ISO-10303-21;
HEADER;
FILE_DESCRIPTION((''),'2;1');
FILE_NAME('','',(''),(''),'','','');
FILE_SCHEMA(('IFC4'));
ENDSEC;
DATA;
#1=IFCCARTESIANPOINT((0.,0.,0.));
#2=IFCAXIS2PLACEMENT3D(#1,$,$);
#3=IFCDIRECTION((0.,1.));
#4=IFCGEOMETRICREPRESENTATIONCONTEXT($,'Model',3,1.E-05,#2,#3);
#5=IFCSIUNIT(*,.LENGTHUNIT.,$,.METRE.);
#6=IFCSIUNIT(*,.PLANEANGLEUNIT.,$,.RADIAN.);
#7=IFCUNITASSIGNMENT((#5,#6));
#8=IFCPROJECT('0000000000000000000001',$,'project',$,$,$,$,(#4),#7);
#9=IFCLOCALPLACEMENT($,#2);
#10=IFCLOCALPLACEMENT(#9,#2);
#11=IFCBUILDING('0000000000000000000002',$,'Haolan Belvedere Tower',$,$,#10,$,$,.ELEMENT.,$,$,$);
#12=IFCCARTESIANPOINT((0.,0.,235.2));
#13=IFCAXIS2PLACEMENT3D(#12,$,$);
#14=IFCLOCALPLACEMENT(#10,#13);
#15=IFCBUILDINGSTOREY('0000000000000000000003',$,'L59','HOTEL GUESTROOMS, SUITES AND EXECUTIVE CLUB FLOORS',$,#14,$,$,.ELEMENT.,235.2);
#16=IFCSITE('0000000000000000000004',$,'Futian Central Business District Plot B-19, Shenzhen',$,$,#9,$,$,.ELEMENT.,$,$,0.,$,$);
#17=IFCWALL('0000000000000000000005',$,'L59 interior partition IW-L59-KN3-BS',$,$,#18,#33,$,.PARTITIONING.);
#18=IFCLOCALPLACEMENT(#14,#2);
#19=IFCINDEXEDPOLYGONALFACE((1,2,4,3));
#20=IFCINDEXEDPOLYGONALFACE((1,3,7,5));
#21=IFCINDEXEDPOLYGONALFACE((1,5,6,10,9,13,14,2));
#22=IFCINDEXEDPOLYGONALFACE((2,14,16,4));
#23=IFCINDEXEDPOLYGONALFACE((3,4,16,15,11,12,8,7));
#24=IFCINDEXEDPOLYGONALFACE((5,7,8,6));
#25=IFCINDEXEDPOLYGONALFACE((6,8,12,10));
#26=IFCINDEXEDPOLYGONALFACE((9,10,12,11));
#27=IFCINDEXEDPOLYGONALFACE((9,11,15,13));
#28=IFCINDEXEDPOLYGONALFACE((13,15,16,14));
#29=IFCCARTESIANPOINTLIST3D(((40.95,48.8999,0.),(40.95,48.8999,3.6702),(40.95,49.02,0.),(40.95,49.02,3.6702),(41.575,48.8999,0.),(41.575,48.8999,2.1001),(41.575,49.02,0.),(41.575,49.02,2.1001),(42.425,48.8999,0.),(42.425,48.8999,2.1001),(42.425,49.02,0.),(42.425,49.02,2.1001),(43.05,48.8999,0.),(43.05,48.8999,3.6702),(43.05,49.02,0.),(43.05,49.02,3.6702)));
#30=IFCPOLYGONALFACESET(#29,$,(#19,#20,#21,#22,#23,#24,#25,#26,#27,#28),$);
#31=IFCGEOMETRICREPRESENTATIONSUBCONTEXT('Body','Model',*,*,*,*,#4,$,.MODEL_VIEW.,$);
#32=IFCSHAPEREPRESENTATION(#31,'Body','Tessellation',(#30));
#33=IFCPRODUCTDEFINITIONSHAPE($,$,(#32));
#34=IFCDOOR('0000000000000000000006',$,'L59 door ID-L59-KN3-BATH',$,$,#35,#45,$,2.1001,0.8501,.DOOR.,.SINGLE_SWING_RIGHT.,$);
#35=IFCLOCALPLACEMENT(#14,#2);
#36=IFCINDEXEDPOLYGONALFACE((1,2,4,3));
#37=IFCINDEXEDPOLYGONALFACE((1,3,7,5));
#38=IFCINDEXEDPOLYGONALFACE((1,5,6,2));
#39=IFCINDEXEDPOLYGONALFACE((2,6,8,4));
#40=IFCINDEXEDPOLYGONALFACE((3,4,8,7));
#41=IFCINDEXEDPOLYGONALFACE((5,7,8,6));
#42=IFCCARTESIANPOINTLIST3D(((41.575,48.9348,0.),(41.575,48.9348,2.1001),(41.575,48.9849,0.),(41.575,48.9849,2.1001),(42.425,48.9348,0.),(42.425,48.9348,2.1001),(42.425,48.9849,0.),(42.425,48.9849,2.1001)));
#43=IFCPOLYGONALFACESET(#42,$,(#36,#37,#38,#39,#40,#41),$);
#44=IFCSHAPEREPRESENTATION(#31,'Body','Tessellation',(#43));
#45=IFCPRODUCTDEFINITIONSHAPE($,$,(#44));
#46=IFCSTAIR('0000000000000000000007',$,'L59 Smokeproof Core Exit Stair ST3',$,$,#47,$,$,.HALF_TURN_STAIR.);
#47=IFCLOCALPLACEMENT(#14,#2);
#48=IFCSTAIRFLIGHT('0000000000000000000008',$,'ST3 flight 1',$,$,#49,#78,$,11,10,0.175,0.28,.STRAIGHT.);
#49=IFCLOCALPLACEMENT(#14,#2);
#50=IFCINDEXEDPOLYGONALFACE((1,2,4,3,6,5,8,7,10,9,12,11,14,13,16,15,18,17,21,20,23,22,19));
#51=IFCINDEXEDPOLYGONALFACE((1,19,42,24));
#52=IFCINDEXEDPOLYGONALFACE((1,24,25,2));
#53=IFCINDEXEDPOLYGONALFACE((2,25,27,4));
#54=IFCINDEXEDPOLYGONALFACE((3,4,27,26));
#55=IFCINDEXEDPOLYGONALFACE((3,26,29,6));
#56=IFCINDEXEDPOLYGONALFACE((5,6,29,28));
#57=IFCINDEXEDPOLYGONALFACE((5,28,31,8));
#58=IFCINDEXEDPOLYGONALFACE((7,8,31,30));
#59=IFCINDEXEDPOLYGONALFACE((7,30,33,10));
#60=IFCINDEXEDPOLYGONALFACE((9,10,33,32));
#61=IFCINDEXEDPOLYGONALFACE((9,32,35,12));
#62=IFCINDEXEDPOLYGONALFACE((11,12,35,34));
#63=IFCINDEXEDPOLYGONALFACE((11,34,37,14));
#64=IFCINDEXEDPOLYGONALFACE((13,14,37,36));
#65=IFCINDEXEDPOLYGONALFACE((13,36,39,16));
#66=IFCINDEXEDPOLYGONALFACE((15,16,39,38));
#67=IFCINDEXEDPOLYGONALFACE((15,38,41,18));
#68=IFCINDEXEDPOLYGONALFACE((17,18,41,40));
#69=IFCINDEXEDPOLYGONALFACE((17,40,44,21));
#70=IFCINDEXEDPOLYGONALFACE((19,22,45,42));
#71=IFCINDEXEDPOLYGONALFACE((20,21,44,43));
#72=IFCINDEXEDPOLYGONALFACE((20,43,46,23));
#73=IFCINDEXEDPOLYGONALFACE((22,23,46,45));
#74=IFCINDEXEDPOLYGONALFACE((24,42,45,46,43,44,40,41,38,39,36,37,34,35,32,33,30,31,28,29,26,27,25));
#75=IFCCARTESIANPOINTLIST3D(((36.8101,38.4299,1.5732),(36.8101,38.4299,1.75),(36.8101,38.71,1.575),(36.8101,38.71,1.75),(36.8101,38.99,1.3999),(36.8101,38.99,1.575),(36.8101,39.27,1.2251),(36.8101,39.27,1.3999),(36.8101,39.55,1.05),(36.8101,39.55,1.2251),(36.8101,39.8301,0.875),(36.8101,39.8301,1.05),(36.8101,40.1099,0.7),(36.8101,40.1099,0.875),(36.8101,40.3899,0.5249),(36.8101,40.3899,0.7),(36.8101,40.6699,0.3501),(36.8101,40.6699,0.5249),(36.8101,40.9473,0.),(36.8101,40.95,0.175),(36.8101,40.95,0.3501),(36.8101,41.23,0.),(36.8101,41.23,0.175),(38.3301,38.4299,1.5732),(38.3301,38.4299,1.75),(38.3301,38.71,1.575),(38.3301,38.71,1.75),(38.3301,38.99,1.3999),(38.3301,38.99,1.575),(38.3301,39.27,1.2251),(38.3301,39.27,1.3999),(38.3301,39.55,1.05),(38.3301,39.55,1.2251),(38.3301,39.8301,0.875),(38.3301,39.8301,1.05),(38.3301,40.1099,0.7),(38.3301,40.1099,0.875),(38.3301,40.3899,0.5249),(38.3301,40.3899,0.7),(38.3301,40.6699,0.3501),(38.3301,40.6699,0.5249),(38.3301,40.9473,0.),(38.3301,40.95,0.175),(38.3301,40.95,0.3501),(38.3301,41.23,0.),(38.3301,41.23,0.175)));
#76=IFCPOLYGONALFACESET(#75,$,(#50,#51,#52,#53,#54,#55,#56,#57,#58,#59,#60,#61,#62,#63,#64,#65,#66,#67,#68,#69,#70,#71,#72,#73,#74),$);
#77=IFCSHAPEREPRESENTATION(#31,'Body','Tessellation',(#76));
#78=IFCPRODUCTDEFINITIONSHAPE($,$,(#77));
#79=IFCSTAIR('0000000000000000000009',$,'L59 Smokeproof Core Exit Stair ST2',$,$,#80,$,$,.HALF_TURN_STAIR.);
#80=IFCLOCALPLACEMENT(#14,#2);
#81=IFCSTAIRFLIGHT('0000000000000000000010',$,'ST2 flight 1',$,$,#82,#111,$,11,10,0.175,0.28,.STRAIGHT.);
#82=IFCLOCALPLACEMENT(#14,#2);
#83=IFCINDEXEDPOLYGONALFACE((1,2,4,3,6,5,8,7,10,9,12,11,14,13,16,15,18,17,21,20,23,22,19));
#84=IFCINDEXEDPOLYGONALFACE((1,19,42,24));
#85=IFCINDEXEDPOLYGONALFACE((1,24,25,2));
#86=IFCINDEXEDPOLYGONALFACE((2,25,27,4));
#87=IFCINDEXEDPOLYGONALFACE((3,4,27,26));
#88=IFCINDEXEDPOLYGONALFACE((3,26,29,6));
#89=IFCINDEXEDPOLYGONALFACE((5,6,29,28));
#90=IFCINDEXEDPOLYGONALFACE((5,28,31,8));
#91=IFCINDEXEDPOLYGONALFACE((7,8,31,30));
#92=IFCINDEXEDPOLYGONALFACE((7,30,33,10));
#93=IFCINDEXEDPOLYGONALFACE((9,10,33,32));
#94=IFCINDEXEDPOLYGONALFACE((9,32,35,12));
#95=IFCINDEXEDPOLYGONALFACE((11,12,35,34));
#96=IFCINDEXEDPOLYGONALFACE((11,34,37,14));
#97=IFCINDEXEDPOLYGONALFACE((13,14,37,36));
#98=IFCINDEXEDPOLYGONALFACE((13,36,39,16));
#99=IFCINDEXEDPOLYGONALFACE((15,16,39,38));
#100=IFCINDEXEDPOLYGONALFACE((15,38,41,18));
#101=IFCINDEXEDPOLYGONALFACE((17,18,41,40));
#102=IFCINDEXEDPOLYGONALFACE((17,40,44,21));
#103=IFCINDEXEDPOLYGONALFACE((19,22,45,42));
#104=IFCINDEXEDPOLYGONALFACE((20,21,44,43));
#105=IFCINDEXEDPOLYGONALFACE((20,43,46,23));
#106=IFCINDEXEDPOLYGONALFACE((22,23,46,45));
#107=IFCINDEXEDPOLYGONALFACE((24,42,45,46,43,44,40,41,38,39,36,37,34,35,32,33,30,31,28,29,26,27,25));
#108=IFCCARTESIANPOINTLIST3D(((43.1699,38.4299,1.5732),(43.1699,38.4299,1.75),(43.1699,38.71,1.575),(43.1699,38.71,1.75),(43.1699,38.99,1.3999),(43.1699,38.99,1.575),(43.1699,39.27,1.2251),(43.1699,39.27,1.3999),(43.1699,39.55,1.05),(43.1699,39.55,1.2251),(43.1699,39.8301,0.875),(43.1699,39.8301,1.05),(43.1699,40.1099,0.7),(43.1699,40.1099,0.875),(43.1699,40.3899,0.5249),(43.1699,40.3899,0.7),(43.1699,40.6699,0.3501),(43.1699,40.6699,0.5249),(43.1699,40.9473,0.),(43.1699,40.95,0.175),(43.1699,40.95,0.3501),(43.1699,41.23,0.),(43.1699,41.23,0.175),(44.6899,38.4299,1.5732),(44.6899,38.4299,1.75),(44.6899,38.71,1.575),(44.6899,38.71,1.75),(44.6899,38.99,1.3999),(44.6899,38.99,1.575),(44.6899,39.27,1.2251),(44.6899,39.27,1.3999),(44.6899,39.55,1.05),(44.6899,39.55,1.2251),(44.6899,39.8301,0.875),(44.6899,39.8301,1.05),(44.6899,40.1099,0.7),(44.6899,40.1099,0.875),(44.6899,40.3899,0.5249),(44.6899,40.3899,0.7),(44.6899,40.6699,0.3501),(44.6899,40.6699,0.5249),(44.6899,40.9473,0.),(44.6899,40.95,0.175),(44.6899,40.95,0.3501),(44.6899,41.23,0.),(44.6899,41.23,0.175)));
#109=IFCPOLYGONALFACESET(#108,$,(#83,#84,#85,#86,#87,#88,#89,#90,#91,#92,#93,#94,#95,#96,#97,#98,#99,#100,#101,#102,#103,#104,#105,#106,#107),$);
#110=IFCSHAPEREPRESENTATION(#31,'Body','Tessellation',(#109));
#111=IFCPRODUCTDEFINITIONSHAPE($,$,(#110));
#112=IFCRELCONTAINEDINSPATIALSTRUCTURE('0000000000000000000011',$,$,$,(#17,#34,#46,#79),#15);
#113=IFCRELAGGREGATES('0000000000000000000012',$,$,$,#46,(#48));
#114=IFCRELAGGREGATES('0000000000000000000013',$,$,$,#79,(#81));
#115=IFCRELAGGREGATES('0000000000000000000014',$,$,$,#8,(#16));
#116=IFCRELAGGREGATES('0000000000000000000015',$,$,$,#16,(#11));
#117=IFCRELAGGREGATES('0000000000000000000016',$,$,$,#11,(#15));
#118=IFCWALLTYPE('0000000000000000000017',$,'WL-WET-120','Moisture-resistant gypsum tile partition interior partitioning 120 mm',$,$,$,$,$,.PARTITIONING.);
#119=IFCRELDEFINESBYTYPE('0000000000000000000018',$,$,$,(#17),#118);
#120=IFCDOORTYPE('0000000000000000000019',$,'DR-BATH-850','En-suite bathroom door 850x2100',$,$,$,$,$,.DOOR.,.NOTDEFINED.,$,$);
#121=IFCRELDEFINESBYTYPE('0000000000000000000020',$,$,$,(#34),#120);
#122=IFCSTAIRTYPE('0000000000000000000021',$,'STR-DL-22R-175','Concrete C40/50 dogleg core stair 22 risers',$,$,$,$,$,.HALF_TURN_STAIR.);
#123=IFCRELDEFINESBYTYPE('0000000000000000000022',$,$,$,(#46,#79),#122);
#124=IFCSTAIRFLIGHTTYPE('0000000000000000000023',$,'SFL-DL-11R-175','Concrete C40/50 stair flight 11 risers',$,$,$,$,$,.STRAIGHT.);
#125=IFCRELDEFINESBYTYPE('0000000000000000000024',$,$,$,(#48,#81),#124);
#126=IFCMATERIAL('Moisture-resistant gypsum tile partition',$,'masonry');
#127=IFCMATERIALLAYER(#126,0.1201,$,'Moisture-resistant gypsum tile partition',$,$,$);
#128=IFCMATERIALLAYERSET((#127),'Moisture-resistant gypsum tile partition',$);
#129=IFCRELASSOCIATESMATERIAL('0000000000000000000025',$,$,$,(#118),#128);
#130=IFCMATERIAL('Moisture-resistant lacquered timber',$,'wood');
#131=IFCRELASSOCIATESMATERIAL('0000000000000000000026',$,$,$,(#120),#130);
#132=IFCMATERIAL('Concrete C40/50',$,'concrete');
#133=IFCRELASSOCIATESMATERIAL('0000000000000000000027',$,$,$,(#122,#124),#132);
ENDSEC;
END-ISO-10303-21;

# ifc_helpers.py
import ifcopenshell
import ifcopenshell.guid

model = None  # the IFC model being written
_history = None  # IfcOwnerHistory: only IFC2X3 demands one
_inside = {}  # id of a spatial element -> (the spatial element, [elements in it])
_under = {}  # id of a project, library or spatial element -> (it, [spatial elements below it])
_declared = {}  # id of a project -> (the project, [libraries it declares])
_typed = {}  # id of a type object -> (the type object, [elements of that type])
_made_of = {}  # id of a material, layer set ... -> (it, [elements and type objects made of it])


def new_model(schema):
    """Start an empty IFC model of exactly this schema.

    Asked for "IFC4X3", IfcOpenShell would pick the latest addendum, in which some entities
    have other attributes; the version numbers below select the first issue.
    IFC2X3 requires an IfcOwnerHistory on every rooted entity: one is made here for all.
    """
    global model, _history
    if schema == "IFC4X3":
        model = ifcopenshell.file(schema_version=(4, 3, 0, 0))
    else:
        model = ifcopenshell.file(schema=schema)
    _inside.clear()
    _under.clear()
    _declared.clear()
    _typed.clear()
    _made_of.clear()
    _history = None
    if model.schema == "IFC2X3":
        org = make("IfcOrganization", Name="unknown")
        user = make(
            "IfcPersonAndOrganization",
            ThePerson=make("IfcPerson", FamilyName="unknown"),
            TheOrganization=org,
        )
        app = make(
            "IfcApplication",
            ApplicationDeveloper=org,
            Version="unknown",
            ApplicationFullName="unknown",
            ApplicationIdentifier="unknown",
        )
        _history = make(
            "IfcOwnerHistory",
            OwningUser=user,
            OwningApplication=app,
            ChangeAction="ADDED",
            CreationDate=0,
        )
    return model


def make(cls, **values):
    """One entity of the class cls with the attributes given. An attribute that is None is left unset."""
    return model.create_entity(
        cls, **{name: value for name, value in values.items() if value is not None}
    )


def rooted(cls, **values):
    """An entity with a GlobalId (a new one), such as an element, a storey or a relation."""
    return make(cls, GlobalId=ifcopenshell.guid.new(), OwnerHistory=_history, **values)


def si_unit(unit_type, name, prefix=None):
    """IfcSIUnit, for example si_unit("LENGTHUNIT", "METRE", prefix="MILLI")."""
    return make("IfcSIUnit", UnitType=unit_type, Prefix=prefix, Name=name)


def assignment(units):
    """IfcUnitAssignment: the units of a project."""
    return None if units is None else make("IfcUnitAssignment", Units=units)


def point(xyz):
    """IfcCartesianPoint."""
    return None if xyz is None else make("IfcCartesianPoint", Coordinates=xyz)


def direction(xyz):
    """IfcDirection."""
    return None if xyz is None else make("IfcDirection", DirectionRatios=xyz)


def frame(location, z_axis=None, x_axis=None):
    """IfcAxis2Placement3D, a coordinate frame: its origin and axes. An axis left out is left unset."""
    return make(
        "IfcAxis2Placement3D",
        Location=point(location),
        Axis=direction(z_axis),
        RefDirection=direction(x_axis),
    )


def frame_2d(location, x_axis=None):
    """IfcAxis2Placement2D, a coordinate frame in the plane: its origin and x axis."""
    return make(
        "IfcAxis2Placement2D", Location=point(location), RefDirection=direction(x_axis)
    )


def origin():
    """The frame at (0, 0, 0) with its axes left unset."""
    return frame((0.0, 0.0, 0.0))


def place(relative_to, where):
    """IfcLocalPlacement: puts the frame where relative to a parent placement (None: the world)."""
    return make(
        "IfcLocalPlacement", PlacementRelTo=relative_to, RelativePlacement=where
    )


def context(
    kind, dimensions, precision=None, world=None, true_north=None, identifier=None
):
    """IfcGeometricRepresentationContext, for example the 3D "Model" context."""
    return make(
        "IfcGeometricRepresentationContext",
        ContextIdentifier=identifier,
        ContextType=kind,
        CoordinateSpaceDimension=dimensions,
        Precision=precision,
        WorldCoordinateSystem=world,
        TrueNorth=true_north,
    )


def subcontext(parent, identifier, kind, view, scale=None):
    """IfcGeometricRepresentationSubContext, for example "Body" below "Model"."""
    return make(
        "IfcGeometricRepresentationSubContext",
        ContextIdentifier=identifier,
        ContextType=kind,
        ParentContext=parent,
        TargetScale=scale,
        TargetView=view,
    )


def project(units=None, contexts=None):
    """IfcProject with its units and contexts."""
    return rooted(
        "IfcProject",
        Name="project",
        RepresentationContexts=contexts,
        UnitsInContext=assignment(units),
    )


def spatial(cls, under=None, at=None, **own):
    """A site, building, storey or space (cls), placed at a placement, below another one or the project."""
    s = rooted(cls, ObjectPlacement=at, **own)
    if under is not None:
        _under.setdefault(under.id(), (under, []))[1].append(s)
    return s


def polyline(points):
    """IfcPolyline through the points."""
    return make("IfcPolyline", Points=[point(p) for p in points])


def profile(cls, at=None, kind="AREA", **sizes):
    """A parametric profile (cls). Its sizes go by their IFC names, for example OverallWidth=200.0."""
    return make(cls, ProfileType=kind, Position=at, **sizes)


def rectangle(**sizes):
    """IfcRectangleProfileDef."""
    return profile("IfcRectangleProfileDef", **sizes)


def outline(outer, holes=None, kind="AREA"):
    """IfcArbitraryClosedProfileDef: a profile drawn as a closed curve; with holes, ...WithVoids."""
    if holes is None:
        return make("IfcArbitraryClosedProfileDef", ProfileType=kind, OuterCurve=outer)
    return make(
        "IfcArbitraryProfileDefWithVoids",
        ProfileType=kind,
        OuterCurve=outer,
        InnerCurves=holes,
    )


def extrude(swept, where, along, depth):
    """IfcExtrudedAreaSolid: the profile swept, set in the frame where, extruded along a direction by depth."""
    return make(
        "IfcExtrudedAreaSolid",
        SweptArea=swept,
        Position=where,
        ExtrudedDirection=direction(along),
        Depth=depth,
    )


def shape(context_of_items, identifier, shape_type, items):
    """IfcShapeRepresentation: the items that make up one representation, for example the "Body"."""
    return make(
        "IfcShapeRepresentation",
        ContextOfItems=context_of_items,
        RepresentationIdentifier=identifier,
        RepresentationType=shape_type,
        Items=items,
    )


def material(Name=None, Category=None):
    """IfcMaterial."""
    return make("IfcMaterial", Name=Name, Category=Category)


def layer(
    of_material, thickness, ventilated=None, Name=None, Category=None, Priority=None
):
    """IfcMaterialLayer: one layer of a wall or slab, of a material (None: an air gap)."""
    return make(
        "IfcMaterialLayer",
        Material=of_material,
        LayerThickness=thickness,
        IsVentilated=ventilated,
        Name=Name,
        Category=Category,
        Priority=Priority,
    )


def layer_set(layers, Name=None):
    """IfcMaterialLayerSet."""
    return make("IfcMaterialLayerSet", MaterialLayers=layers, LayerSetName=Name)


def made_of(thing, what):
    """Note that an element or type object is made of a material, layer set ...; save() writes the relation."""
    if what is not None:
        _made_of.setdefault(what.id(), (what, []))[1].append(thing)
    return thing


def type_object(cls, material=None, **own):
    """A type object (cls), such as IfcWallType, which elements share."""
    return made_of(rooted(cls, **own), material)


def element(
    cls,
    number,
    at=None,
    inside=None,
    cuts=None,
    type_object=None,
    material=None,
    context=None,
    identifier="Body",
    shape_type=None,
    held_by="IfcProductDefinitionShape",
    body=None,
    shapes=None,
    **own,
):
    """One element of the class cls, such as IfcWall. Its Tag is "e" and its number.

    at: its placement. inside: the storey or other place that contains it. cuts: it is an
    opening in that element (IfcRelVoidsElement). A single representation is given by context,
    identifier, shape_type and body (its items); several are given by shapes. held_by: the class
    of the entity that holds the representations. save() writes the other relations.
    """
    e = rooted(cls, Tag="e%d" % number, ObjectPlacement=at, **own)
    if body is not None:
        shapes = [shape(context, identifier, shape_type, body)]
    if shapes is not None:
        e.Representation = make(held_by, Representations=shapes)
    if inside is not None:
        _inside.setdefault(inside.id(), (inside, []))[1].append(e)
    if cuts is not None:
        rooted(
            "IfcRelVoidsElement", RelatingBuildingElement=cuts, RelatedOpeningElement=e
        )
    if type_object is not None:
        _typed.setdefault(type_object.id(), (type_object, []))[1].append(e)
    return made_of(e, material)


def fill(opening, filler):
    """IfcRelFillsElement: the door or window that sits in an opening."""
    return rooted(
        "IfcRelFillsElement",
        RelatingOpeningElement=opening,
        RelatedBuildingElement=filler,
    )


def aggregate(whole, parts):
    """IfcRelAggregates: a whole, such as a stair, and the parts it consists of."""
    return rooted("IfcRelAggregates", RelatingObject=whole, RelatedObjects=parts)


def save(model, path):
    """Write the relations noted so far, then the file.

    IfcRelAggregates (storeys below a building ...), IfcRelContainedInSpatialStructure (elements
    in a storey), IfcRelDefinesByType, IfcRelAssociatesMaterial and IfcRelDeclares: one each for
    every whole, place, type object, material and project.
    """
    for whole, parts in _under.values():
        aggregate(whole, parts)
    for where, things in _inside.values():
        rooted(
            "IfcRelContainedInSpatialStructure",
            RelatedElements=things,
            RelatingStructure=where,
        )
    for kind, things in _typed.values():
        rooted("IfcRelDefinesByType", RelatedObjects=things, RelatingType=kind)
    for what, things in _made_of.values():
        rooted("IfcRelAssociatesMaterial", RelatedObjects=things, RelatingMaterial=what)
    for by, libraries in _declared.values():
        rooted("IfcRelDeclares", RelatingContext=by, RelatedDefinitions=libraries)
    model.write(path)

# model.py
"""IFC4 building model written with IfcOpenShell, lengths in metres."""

from ifc_helpers import new_model, si_unit, direction, frame, frame_2d, origin, place, context, subcontext, project, spatial, polyline, rectangle, outline, extrude, material, layer, layer_set, type_object, element, fill, aggregate, save


model = new_model("IFC4")

# Units and contexts
model_context = context("Model", 3, precision=1e-05, world=origin(), true_north=direction((0.0, 1.0)))
body_context = subcontext(model_context, "Body", "Model", "MODEL_VIEW")
ifc_project = project(units=[si_unit("LENGTHUNIT", "METRE"), si_unit("PLANEANGLEUNIT", "RADIAN")], contexts=[model_context])

# Site, building, storey
site_placement = place(None, origin())
site = spatial("IfcSite", under=ifc_project, at=site_placement, Name="Futian Central Business District Plot B-19, Shenzhen", CompositionType="ELEMENT", RefElevation=0.0)
building_placement = place(site_placement, origin())
building = spatial("IfcBuilding", under=site, at=building_placement, Name="Haolan Belvedere Tower", CompositionType="ELEMENT")
storey_placement = place(building_placement, frame((0.0, 0.0, 235.2)))
storey = spatial("IfcBuildingStorey", under=building, at=storey_placement, Name="L59", Description="HOTEL GUESTROOMS, SUITES AND EXECUTIVE CLUB FLOORS", CompositionType="ELEMENT", Elevation=235.2)

# Shared definitions
ifc_material_1 = material(Name="Moisture-resistant gypsum tile partition", Category="masonry")
ifc_layer_1 = layer(ifc_material_1, 0.1201, Name="Moisture-resistant gypsum tile partition")
ifc_layer_set_1 = layer_set([ifc_layer_1], Name="Moisture-resistant gypsum tile partition")
wall_type_1 = type_object("IfcWallType", Name="WL-WET-120", Description="Moisture-resistant gypsum tile partition interior partitioning 120 mm", PredefinedType="PARTITIONING", material=ifc_layer_set_1)
ifc_material_2 = material(Name="Moisture-resistant lacquered timber", Category="wood")
door_type_1 = type_object("IfcDoorType", Name="DR-BATH-850", Description="En-suite bathroom door 850x2100", OperationType="NOTDEFINED", PredefinedType="DOOR", material=ifc_material_2)

# Wall, opening, door
wall_1_placement = place(storey_placement, frame((40.95, 48.96, 0.0), z_axis=(0.0, 0.0, 1.0), x_axis=(1.0, 0.0, 0.0)))
wall_1 = element("IfcWall", 1, at=wall_1_placement, inside=storey, type_object=wall_type_1, Name="L59 interior partition IW-L59-KN3-BS", PredefinedType="PARTITIONING", context=body_context, shape_type="SweptSolid", body=[
    extrude(rectangle(XDim=2.1001, YDim=0.1201, at=frame_2d((1.05, 0.0))), origin(), (0.0, 0.0, 1.0), 3.6702),
])
opening_1_placement = place(wall_1_placement, frame((0.625, 0.0, 0.0)))
opening_1 = element("IfcOpeningElement", 2, at=opening_1_placement, cuts=wall_1, PredefinedType="OPENING", context=body_context, shape_type="SweptSolid", body=[
    extrude(rectangle(XDim=0.8501, YDim=2.1001, at=frame_2d((0.425, 1.05))), frame((0.0, 0.0701, 0.0), z_axis=(0.0, -1.0, 0.0), x_axis=(1.0, 0.0, 0.0)), (0.0, 0.0, 1.0), 0.1401),
])
door_1_placement = place(opening_1_placement, origin())
door_1 = element("IfcDoor", 3, at=door_1_placement, inside=storey, type_object=door_type_1, Name="L59 door ID-L59-KN3-BATH", OperationType="SINGLE_SWING_RIGHT", OverallHeight=2.1001, OverallWidth=0.8501, PredefinedType="DOOR", context=body_context, shape_type="SweptSolid", body=[
    extrude(rectangle(XDim=0.8501, YDim=2.1001, at=frame_2d((0.425, 1.05))), frame((0.0, 0.0249, 0.0), z_axis=(0.0, -1.0, 0.0), x_axis=(1.0, 0.0, 0.0)), (0.0, 0.0, 1.0), 0.05),
])
fill(opening_1, door_1)

# Stairs, stair flights
ifc_material_3 = material(Name="Concrete C40/50", Category="concrete")
stair_type = type_object("IfcStairType", Name="STR-DL-22R-175", Description="Concrete C40/50 dogleg core stair 22 risers", PredefinedType="HALF_TURN_STAIR", material=ifc_material_3)
stair_1_placement = place(storey_placement, origin())
stair_1 = element("IfcStair", 4, at=stair_1_placement, inside=storey, type_object=stair_type, Name="L59 Smokeproof Core Exit Stair ST3", PredefinedType="HALF_TURN_STAIR")
stair_flight_type = type_object("IfcStairFlightType", Name="SFL-DL-11R-175", Description="Concrete C40/50 stair flight 11 risers", PredefinedType="STRAIGHT", material=ifc_material_3)
stair_flight_1_placement = place(storey_placement, frame((37.5701, 41.23, 0.0), z_axis=(0.0, 0.0, 1.0), x_axis=(0.0, -1.0, 0.0)))
stair_flight_1 = element("IfcStairFlight", 5, at=stair_flight_1_placement, type_object=stair_flight_type, Name="ST3 flight 1", NumberOfRisers=11, NumberOfTreads=10, PredefinedType="STRAIGHT", RiserHeight=0.175, TreadLength=0.28, context=body_context, shape_type="SweptSolid", body=[
    extrude(outline(polyline([(0.0, 0.0), (0.0, 0.175), (0.28, 0.175), (0.28, 0.3501), (0.5601, 0.3501), (0.5601, 0.5249), (0.8401, 0.5249), (0.8401, 0.7), (1.1201, 0.7), (1.1201, 0.875), (1.3999, 0.875), (1.3999, 1.05), (1.6799, 1.05), (1.6799, 1.2251), (1.96, 1.2251), (1.96, 1.3999), (2.24, 1.3999), (2.24, 1.575), (2.52, 1.575), (2.52, 1.75), (2.8, 1.75), (2.8, 1.925), (2.8, 1.5732), (0.2827, 0.0), (0.0, 0.0)])), frame((0.0, 0.76, 0.0), z_axis=(0.0, -1.0, 0.0), x_axis=(1.0, 0.0, 0.0)), (0.0, 0.0, 1.0), 1.52),
])
aggregate(stair_1, [stair_flight_1])
stair_2_placement = place(storey_placement, origin())
stair_2 = element("IfcStair", 6, at=stair_2_placement, inside=storey, type_object=stair_type, Name="L59 Smokeproof Core Exit Stair ST2", PredefinedType="HALF_TURN_STAIR")
stair_flight_2_placement = place(storey_placement, frame((43.9299, 41.23, 0.0), z_axis=(0.0, 0.0, 1.0), x_axis=(0.0, -1.0, 0.0)))
stair_flight_2 = element("IfcStairFlight", 7, at=stair_flight_2_placement, type_object=stair_flight_type, Name="ST2 flight 1", NumberOfRisers=11, NumberOfTreads=10, PredefinedType="STRAIGHT", RiserHeight=0.175, TreadLength=0.28, context=body_context, shape_type="SweptSolid", body=[
    extrude(outline(polyline([(0.0, 0.0), (0.0, 0.175), (0.28, 0.175), (0.28, 0.3501), (0.5601, 0.3501), (0.5601, 0.5249), (0.8401, 0.5249), (0.8401, 0.7), (1.1201, 0.7), (1.1201, 0.875), (1.3999, 0.875), (1.3999, 1.05), (1.6799, 1.05), (1.6799, 1.2251), (1.96, 1.2251), (1.96, 1.3999), (2.24, 1.3999), (2.24, 1.575), (2.52, 1.575), (2.52, 1.75), (2.8, 1.75), (2.8, 1.925), (2.8, 1.5732), (0.2827, 0.0), (0.0, 0.0)])), frame((0.0, 0.76, 0.0), z_axis=(0.0, -1.0, 0.0), x_axis=(1.0, 0.0, 0.0)), (0.0, 0.0, 1.0), 1.52),
])
aggregate(stair_2, [stair_flight_2])

save(model, "model.ifc")
